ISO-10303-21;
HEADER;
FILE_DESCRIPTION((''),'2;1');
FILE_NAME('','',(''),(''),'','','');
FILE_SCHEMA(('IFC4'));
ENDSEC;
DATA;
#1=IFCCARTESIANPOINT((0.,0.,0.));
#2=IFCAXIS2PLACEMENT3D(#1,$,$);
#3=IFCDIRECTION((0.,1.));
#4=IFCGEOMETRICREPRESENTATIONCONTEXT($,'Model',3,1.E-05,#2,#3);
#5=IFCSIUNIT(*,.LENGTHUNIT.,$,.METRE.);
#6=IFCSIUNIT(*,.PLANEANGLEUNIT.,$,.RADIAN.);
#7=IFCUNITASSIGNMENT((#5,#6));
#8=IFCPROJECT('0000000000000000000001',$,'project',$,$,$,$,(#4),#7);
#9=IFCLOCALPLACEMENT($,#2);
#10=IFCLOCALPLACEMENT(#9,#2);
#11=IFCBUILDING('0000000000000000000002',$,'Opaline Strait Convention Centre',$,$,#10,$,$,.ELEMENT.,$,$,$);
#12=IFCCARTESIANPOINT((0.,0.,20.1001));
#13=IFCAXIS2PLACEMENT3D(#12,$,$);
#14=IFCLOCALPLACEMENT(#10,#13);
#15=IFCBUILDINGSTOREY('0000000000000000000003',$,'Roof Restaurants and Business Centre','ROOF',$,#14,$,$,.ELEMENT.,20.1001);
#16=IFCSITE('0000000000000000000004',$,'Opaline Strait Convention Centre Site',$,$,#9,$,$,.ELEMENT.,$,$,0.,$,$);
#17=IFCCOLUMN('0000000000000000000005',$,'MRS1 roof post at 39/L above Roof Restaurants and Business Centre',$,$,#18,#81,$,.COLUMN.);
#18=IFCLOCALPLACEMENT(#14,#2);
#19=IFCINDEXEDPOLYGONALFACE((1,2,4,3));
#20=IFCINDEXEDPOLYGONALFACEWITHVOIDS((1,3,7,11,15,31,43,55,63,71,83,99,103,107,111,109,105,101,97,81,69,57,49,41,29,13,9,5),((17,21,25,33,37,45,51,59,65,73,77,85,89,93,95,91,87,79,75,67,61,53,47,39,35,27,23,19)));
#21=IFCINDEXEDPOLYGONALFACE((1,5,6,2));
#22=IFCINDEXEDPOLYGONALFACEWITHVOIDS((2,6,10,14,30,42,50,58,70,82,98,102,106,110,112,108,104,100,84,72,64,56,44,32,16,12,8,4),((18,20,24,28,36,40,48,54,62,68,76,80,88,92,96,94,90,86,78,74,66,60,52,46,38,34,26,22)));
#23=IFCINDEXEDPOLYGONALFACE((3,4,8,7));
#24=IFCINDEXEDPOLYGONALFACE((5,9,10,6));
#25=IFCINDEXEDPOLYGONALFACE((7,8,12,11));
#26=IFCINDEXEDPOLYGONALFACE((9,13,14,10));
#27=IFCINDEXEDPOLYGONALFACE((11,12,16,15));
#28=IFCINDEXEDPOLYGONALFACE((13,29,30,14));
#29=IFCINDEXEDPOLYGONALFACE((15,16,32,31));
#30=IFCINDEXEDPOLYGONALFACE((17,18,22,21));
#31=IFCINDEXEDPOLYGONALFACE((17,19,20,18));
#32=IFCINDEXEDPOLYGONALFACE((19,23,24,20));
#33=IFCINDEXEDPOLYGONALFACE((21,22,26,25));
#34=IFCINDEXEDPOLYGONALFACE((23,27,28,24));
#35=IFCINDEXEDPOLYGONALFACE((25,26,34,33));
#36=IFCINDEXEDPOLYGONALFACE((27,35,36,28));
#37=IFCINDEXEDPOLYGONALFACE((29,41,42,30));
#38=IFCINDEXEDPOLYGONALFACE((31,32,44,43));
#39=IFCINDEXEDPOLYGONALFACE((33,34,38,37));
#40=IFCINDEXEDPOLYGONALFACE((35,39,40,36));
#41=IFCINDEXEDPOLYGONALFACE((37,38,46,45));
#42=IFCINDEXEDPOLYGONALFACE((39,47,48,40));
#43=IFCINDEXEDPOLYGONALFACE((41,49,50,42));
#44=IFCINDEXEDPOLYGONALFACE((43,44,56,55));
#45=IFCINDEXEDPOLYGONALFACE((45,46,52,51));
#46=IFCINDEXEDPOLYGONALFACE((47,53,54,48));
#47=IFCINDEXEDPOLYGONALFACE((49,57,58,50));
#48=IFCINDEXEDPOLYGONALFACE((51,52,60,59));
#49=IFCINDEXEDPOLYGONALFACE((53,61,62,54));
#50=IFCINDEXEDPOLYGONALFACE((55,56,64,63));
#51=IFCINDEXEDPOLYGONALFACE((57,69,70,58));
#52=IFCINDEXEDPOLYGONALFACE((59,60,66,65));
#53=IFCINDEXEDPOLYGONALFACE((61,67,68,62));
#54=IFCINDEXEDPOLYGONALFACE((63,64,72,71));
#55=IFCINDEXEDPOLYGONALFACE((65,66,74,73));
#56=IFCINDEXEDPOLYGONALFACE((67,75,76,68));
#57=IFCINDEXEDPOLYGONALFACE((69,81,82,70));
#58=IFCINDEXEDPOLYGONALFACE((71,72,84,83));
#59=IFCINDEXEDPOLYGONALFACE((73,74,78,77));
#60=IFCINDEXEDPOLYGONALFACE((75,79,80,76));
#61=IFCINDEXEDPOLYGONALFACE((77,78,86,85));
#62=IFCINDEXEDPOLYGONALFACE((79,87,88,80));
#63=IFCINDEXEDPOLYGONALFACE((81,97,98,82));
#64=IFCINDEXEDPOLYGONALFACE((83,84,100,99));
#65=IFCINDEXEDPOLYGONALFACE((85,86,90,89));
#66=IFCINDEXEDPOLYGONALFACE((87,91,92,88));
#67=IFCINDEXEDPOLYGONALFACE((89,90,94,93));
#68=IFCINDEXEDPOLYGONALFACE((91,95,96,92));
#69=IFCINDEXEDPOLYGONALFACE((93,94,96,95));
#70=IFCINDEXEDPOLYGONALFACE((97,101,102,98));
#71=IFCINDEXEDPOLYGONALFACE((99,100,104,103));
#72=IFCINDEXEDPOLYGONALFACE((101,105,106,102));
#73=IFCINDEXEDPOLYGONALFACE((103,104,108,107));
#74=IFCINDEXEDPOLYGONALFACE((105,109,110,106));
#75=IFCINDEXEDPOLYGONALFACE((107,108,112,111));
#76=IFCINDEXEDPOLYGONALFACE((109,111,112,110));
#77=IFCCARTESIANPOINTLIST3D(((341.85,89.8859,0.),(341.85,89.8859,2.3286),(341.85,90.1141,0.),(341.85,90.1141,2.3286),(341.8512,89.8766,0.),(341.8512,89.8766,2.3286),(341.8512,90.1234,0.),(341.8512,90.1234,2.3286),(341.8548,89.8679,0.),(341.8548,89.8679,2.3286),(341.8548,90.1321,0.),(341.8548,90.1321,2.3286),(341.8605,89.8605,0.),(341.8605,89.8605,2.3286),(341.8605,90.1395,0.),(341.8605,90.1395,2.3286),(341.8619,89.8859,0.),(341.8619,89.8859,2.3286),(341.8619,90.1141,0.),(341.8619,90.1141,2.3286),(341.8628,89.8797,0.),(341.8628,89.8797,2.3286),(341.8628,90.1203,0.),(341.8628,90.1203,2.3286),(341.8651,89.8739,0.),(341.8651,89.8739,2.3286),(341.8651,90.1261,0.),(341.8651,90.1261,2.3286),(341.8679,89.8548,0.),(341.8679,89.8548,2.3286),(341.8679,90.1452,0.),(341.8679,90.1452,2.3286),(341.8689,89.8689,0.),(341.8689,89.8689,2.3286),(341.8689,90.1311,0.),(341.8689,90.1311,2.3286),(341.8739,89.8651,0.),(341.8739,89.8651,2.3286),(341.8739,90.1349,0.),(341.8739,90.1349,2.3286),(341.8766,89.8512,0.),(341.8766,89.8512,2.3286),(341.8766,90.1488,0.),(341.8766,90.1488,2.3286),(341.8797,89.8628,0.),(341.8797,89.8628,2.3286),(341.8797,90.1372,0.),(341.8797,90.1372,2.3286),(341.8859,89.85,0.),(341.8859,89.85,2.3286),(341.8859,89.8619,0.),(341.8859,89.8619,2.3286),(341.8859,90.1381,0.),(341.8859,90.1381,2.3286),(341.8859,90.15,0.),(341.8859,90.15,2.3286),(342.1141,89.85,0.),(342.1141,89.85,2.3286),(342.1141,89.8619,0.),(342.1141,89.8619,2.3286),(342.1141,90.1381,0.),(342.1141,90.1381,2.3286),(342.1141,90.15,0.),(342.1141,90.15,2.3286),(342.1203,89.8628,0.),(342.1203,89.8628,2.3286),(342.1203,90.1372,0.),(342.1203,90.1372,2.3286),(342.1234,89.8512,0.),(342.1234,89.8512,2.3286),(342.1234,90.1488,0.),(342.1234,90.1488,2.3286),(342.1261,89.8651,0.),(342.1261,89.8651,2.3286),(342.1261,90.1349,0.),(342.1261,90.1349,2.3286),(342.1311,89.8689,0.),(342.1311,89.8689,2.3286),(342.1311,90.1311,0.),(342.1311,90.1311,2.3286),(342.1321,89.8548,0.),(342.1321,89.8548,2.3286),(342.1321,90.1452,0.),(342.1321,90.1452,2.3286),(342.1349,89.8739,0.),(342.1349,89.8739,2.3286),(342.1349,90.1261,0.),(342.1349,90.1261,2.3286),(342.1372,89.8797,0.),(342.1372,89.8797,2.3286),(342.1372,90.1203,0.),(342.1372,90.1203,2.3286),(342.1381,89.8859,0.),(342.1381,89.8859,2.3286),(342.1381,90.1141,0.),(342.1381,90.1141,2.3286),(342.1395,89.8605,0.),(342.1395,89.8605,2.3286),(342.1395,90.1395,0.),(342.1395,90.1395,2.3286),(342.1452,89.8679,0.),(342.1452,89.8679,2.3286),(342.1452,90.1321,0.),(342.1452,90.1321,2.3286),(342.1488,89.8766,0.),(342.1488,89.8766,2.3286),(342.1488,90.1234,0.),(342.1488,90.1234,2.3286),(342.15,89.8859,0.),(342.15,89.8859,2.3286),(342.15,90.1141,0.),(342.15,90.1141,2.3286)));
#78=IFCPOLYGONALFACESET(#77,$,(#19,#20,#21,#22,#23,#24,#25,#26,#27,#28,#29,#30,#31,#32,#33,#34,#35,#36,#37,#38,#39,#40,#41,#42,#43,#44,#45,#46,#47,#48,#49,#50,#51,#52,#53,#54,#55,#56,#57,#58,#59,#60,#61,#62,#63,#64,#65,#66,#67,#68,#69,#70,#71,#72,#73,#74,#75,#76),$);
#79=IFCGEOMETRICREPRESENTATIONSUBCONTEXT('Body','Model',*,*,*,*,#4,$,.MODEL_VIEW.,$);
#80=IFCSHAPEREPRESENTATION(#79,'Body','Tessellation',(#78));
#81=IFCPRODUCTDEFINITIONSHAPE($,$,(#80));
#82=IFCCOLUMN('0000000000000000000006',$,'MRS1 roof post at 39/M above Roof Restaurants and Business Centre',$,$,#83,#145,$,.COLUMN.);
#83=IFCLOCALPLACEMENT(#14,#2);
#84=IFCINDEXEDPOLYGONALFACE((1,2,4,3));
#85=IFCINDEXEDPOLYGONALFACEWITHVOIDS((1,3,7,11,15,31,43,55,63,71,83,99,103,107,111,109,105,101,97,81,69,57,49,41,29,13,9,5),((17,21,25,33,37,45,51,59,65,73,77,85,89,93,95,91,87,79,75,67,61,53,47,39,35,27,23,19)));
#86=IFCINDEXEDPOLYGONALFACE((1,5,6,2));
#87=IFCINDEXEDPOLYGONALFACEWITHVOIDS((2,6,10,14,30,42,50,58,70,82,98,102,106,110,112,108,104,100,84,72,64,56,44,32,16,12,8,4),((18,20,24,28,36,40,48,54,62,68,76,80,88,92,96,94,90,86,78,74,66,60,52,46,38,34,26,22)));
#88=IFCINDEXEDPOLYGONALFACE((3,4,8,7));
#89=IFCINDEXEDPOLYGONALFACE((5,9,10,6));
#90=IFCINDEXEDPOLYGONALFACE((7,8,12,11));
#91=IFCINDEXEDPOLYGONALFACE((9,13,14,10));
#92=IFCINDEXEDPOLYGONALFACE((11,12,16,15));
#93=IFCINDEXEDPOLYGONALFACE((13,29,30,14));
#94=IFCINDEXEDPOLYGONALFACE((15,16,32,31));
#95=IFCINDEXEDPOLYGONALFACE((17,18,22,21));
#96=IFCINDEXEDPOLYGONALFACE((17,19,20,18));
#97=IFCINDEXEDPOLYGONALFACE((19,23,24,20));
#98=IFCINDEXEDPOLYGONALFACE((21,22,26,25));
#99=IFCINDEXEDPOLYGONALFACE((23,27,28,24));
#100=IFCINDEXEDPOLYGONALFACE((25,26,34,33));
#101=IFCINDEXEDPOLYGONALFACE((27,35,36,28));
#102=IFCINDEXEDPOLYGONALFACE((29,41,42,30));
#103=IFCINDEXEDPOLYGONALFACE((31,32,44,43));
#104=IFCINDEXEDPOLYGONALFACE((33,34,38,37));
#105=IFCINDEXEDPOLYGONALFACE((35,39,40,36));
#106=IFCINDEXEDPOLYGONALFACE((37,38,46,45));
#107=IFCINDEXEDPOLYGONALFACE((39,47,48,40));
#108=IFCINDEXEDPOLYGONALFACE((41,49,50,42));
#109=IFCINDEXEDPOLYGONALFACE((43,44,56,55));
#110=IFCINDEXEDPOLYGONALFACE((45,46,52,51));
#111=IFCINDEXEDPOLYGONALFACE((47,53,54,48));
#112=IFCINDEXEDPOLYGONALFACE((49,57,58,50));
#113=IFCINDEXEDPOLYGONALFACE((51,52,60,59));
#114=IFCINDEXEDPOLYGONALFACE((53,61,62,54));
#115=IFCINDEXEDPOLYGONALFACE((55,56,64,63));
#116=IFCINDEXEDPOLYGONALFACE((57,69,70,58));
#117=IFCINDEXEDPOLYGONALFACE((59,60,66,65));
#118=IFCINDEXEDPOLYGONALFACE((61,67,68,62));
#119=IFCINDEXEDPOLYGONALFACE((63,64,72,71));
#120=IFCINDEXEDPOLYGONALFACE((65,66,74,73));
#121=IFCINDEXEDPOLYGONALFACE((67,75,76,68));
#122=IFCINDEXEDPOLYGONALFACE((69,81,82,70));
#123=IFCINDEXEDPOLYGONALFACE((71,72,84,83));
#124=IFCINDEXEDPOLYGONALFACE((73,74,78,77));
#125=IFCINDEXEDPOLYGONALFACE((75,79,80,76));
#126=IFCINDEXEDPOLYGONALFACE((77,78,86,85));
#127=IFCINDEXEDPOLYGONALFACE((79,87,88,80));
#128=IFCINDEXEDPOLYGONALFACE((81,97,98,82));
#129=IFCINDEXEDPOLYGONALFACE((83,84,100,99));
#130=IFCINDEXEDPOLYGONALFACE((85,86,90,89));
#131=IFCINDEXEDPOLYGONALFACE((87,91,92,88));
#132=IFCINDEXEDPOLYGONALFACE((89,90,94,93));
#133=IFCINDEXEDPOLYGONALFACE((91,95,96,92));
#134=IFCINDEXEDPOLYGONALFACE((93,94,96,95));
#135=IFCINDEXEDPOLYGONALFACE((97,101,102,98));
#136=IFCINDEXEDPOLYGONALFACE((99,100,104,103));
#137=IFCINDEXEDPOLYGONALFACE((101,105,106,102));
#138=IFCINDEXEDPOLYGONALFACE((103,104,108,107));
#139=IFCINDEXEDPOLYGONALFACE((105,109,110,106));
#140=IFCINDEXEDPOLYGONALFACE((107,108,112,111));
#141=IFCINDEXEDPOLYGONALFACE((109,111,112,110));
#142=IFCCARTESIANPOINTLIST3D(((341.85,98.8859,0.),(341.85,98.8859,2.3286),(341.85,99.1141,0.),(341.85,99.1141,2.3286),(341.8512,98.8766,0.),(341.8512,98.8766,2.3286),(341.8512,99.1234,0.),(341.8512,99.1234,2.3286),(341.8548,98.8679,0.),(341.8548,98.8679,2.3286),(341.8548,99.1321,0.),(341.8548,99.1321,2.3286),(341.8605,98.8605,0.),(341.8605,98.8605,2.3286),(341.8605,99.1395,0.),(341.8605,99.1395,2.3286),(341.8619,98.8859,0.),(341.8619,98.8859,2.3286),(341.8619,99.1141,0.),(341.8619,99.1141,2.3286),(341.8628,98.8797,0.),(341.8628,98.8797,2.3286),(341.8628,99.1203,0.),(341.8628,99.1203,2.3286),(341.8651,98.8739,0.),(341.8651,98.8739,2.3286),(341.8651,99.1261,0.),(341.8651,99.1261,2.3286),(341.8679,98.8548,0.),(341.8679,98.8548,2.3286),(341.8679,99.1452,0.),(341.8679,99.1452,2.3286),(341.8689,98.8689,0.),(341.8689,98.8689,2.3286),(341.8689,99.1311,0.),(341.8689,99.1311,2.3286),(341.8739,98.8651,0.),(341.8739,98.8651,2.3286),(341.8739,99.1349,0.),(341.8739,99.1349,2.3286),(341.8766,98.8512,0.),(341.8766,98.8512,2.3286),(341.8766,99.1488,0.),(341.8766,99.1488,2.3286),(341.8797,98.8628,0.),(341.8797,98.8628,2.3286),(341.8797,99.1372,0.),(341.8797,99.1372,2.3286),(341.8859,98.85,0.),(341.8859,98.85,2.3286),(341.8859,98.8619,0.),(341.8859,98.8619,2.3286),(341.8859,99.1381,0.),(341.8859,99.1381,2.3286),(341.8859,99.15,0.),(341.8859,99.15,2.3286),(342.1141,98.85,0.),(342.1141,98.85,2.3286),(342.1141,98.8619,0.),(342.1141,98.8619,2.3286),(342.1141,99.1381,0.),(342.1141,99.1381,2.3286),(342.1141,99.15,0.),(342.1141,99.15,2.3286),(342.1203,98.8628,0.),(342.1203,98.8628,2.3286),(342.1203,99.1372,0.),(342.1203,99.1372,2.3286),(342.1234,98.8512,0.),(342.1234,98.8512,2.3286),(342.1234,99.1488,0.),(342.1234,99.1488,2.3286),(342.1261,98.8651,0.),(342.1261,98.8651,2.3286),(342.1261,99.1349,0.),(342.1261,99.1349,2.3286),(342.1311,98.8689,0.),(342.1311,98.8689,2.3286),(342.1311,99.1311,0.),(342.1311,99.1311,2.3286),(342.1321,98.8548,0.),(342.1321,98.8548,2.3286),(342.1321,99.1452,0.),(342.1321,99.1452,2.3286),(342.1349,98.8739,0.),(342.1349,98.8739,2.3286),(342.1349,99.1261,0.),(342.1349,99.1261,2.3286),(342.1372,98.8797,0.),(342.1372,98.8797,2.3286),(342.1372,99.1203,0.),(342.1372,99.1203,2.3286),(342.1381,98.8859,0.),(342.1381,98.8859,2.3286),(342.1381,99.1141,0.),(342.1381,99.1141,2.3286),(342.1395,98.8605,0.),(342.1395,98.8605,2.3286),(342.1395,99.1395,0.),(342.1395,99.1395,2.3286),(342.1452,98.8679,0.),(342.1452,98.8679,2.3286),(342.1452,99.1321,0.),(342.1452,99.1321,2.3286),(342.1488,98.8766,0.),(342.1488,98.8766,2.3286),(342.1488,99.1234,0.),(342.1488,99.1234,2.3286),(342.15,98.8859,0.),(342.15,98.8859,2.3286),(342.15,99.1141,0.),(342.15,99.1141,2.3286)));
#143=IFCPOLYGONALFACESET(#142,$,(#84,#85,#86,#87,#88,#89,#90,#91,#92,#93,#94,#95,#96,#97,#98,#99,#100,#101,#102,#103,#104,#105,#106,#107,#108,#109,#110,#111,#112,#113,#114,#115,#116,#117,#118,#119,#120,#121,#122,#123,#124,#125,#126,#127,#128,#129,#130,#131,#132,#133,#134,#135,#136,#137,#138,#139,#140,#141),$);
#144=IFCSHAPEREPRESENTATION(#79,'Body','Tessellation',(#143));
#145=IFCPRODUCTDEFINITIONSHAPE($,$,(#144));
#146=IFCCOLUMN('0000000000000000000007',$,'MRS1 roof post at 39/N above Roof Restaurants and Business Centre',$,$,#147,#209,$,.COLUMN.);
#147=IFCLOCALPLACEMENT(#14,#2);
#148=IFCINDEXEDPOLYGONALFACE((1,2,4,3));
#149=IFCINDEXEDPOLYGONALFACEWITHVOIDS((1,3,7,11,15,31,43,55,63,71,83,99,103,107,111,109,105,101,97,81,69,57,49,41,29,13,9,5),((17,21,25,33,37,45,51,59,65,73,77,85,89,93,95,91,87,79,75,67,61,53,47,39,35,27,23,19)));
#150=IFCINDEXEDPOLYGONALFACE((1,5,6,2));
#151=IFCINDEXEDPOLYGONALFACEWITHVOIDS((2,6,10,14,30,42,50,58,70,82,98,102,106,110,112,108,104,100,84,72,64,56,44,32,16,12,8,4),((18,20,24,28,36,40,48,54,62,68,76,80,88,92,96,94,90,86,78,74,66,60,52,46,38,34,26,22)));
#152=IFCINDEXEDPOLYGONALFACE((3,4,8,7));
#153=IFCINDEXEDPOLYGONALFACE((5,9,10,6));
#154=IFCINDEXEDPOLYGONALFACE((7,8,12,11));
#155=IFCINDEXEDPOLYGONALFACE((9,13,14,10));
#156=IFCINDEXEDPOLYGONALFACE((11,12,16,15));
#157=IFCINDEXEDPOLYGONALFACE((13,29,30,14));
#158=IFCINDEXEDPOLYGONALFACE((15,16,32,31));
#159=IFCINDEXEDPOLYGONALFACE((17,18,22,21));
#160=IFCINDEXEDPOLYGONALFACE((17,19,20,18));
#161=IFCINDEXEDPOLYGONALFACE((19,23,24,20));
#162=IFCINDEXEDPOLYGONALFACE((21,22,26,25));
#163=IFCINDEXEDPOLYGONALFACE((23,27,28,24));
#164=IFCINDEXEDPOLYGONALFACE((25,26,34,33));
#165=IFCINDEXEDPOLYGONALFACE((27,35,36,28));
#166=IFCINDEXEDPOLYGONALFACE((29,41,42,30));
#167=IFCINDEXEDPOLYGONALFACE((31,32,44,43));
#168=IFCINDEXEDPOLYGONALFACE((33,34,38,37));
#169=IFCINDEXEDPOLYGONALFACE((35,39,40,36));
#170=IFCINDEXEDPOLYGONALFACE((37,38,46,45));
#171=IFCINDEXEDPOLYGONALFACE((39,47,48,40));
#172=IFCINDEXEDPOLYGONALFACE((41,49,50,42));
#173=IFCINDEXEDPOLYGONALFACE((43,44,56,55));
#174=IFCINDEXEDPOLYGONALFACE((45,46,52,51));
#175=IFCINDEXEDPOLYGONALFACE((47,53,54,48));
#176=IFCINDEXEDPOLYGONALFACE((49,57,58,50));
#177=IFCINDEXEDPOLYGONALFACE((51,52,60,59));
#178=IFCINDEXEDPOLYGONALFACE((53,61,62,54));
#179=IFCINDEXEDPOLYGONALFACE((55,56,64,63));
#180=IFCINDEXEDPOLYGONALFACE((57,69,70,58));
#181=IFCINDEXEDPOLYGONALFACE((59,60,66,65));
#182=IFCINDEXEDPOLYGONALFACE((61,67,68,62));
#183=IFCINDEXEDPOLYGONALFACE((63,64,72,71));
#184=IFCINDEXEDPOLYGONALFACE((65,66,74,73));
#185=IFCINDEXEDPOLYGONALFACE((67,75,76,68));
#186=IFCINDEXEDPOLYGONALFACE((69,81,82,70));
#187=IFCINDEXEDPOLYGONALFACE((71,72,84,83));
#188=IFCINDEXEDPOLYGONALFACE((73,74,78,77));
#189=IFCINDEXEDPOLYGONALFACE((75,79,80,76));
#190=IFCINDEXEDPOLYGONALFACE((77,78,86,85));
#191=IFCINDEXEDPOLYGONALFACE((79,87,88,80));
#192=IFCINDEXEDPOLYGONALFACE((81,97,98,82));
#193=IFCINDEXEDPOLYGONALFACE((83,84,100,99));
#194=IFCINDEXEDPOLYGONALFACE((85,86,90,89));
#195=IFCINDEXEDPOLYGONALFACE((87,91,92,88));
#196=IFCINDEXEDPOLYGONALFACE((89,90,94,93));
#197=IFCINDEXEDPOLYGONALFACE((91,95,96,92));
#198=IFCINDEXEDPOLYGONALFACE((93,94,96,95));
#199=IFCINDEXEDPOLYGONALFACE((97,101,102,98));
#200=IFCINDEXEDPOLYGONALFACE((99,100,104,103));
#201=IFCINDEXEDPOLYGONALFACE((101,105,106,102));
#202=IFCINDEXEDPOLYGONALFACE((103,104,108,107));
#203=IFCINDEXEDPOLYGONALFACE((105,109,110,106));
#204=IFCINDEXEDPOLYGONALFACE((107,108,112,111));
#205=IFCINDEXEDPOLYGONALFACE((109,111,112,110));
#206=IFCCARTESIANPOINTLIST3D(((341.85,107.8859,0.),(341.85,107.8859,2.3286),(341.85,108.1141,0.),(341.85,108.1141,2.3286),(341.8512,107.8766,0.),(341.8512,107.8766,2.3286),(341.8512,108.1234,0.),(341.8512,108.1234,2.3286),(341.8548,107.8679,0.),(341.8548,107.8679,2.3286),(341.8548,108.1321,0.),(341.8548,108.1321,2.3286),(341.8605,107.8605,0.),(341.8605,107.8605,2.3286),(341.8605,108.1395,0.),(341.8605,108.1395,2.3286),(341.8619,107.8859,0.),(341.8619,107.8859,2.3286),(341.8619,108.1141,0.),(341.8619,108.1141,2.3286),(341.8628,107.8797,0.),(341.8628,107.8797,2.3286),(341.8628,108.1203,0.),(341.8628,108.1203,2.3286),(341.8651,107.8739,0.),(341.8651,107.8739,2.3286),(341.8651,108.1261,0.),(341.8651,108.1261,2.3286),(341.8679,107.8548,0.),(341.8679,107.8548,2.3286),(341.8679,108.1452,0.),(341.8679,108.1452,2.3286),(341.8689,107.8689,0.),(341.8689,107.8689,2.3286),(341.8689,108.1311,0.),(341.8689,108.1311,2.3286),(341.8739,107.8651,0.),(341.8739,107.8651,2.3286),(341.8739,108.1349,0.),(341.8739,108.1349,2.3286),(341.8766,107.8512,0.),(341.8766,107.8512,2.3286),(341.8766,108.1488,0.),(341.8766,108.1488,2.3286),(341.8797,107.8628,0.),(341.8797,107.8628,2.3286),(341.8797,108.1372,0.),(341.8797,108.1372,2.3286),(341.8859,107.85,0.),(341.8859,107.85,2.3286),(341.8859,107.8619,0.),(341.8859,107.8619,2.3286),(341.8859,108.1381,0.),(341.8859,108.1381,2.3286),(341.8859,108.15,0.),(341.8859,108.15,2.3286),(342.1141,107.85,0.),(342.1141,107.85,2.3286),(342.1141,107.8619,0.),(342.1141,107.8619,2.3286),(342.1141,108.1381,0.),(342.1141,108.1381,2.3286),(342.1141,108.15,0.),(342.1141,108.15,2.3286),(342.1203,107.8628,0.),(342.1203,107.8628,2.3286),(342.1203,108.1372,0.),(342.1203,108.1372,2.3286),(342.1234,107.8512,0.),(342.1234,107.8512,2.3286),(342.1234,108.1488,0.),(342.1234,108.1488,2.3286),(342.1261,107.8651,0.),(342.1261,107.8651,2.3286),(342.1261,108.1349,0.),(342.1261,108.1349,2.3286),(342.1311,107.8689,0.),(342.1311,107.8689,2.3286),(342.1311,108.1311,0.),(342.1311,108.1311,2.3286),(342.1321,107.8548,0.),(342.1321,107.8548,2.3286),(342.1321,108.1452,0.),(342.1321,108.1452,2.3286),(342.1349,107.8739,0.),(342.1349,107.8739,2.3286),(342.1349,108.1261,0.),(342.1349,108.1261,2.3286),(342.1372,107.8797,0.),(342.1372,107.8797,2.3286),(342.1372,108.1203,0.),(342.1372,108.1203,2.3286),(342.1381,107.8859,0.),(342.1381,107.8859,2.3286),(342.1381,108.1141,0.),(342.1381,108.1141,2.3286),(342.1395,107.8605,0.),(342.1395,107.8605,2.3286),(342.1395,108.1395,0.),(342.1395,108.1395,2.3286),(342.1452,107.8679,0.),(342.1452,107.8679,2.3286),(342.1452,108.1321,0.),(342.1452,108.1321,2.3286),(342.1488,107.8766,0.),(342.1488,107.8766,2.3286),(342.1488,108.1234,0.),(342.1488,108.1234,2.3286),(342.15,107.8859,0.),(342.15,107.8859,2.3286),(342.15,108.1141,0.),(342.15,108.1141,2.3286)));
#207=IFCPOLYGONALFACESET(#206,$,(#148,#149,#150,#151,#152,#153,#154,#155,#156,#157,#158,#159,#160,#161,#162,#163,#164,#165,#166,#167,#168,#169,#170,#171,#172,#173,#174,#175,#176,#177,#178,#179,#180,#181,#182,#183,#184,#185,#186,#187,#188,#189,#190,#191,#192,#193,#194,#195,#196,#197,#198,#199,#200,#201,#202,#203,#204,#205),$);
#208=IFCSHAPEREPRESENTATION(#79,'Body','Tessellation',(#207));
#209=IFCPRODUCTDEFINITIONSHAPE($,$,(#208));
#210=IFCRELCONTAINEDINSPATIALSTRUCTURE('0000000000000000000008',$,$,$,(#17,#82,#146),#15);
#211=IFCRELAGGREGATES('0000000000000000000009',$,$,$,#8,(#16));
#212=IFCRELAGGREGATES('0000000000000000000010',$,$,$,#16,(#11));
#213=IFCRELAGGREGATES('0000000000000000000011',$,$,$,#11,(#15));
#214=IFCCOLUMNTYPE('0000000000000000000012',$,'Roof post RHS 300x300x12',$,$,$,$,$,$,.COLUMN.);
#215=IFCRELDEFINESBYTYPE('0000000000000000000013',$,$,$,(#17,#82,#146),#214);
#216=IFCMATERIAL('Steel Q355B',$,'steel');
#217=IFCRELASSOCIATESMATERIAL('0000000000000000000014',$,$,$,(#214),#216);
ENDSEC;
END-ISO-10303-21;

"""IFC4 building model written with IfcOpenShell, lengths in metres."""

from ifc_helpers import new_model, si_unit, direction, frame, origin, origin_2d, place, context, subcontext, project, spatial, hollow_rectangle, extrude, material, material_profile, profile_set, type_object, element, save


model = new_model("IFC4")

# Units and contexts
model_context = context("Model", 3, precision=1e-05, world=origin(), true_north=direction((0.0, 1.0)))
body_context = subcontext(model_context, "Body", "Model", "MODEL_VIEW")
ifc_project = project(units=[si_unit("LENGTHUNIT", "METRE"), si_unit("PLANEANGLEUNIT", "RADIAN")], contexts=[model_context])

# Site, building, storey
site_placement = place(None, origin())
site = spatial("IfcSite", under=ifc_project, at=site_placement, Name="Opaline Strait Convention Centre Site", CompositionType="ELEMENT", RefElevation=0.0)
building_placement = place(site_placement, origin())
building = spatial("IfcBuilding", under=site, at=building_placement, Name="Opaline Strait Convention Centre", CompositionType="ELEMENT")
storey_placement = place(building_placement, frame((0.0, 0.0, 20.1001)))
storey = spatial("IfcBuildingStorey", under=building, at=storey_placement, Name="Roof Restaurants and Business Centre", Description="ROOF", CompositionType="ELEMENT", Elevation=20.1001)

# Columns
ifc_material = material(Name="Steel Q355B", Category="steel")
ifc_material_profile = material_profile(ifc_material, hollow_rectangle(XDim=0.3, YDim=0.3, WallThickness=0.012, InnerFilletRadius=0.0239, OuterFilletRadius=0.0359, at=origin_2d()), Name="RHS 300x300x12")
ifc_profile_set = profile_set([ifc_material_profile], Name="Steel Q355B")
column_type = type_object("IfcColumnType", Name="Roof post RHS 300x300x12", PredefinedType="COLUMN", material=ifc_profile_set)
for number, where, z_axis, x_axis, name in (
    (1, (342.0, 90.0, 0.0), (0.0, 0.0, 1.0), (1.0, 0.0, 0.0), "MRS1 roof post at 39/L above Roof Restaurants and Business Centre"),
    (2, (342.0, 99.0, 0.0), (0.0, 0.0, 1.0), (1.0, 0.0, 0.0), "MRS1 roof post at 39/M above Roof Restaurants and Business Centre"),
    (3, (342.0, 108.0, 0.0), (0.0, 0.0, 1.0), (1.0, 0.0, 0.0), "MRS1 roof post at 39/N above Roof Restaurants and Business Centre"),
):
    element("IfcColumn", number, at=place(storey_placement, frame(where, z_axis=z_axis, x_axis=x_axis)), inside=storey, type_object=column_type, Name=name, PredefinedType="COLUMN", context=body_context, shape_type="SweptSolid", body=[
        extrude(hollow_rectangle(XDim=0.3, YDim=0.3, WallThickness=0.012, InnerFilletRadius=0.0239, OuterFilletRadius=0.0359, at=origin_2d()), origin(), (0.0, 0.0, 1.0), 2.3286),
    ])

save(model, "model.ifc")
